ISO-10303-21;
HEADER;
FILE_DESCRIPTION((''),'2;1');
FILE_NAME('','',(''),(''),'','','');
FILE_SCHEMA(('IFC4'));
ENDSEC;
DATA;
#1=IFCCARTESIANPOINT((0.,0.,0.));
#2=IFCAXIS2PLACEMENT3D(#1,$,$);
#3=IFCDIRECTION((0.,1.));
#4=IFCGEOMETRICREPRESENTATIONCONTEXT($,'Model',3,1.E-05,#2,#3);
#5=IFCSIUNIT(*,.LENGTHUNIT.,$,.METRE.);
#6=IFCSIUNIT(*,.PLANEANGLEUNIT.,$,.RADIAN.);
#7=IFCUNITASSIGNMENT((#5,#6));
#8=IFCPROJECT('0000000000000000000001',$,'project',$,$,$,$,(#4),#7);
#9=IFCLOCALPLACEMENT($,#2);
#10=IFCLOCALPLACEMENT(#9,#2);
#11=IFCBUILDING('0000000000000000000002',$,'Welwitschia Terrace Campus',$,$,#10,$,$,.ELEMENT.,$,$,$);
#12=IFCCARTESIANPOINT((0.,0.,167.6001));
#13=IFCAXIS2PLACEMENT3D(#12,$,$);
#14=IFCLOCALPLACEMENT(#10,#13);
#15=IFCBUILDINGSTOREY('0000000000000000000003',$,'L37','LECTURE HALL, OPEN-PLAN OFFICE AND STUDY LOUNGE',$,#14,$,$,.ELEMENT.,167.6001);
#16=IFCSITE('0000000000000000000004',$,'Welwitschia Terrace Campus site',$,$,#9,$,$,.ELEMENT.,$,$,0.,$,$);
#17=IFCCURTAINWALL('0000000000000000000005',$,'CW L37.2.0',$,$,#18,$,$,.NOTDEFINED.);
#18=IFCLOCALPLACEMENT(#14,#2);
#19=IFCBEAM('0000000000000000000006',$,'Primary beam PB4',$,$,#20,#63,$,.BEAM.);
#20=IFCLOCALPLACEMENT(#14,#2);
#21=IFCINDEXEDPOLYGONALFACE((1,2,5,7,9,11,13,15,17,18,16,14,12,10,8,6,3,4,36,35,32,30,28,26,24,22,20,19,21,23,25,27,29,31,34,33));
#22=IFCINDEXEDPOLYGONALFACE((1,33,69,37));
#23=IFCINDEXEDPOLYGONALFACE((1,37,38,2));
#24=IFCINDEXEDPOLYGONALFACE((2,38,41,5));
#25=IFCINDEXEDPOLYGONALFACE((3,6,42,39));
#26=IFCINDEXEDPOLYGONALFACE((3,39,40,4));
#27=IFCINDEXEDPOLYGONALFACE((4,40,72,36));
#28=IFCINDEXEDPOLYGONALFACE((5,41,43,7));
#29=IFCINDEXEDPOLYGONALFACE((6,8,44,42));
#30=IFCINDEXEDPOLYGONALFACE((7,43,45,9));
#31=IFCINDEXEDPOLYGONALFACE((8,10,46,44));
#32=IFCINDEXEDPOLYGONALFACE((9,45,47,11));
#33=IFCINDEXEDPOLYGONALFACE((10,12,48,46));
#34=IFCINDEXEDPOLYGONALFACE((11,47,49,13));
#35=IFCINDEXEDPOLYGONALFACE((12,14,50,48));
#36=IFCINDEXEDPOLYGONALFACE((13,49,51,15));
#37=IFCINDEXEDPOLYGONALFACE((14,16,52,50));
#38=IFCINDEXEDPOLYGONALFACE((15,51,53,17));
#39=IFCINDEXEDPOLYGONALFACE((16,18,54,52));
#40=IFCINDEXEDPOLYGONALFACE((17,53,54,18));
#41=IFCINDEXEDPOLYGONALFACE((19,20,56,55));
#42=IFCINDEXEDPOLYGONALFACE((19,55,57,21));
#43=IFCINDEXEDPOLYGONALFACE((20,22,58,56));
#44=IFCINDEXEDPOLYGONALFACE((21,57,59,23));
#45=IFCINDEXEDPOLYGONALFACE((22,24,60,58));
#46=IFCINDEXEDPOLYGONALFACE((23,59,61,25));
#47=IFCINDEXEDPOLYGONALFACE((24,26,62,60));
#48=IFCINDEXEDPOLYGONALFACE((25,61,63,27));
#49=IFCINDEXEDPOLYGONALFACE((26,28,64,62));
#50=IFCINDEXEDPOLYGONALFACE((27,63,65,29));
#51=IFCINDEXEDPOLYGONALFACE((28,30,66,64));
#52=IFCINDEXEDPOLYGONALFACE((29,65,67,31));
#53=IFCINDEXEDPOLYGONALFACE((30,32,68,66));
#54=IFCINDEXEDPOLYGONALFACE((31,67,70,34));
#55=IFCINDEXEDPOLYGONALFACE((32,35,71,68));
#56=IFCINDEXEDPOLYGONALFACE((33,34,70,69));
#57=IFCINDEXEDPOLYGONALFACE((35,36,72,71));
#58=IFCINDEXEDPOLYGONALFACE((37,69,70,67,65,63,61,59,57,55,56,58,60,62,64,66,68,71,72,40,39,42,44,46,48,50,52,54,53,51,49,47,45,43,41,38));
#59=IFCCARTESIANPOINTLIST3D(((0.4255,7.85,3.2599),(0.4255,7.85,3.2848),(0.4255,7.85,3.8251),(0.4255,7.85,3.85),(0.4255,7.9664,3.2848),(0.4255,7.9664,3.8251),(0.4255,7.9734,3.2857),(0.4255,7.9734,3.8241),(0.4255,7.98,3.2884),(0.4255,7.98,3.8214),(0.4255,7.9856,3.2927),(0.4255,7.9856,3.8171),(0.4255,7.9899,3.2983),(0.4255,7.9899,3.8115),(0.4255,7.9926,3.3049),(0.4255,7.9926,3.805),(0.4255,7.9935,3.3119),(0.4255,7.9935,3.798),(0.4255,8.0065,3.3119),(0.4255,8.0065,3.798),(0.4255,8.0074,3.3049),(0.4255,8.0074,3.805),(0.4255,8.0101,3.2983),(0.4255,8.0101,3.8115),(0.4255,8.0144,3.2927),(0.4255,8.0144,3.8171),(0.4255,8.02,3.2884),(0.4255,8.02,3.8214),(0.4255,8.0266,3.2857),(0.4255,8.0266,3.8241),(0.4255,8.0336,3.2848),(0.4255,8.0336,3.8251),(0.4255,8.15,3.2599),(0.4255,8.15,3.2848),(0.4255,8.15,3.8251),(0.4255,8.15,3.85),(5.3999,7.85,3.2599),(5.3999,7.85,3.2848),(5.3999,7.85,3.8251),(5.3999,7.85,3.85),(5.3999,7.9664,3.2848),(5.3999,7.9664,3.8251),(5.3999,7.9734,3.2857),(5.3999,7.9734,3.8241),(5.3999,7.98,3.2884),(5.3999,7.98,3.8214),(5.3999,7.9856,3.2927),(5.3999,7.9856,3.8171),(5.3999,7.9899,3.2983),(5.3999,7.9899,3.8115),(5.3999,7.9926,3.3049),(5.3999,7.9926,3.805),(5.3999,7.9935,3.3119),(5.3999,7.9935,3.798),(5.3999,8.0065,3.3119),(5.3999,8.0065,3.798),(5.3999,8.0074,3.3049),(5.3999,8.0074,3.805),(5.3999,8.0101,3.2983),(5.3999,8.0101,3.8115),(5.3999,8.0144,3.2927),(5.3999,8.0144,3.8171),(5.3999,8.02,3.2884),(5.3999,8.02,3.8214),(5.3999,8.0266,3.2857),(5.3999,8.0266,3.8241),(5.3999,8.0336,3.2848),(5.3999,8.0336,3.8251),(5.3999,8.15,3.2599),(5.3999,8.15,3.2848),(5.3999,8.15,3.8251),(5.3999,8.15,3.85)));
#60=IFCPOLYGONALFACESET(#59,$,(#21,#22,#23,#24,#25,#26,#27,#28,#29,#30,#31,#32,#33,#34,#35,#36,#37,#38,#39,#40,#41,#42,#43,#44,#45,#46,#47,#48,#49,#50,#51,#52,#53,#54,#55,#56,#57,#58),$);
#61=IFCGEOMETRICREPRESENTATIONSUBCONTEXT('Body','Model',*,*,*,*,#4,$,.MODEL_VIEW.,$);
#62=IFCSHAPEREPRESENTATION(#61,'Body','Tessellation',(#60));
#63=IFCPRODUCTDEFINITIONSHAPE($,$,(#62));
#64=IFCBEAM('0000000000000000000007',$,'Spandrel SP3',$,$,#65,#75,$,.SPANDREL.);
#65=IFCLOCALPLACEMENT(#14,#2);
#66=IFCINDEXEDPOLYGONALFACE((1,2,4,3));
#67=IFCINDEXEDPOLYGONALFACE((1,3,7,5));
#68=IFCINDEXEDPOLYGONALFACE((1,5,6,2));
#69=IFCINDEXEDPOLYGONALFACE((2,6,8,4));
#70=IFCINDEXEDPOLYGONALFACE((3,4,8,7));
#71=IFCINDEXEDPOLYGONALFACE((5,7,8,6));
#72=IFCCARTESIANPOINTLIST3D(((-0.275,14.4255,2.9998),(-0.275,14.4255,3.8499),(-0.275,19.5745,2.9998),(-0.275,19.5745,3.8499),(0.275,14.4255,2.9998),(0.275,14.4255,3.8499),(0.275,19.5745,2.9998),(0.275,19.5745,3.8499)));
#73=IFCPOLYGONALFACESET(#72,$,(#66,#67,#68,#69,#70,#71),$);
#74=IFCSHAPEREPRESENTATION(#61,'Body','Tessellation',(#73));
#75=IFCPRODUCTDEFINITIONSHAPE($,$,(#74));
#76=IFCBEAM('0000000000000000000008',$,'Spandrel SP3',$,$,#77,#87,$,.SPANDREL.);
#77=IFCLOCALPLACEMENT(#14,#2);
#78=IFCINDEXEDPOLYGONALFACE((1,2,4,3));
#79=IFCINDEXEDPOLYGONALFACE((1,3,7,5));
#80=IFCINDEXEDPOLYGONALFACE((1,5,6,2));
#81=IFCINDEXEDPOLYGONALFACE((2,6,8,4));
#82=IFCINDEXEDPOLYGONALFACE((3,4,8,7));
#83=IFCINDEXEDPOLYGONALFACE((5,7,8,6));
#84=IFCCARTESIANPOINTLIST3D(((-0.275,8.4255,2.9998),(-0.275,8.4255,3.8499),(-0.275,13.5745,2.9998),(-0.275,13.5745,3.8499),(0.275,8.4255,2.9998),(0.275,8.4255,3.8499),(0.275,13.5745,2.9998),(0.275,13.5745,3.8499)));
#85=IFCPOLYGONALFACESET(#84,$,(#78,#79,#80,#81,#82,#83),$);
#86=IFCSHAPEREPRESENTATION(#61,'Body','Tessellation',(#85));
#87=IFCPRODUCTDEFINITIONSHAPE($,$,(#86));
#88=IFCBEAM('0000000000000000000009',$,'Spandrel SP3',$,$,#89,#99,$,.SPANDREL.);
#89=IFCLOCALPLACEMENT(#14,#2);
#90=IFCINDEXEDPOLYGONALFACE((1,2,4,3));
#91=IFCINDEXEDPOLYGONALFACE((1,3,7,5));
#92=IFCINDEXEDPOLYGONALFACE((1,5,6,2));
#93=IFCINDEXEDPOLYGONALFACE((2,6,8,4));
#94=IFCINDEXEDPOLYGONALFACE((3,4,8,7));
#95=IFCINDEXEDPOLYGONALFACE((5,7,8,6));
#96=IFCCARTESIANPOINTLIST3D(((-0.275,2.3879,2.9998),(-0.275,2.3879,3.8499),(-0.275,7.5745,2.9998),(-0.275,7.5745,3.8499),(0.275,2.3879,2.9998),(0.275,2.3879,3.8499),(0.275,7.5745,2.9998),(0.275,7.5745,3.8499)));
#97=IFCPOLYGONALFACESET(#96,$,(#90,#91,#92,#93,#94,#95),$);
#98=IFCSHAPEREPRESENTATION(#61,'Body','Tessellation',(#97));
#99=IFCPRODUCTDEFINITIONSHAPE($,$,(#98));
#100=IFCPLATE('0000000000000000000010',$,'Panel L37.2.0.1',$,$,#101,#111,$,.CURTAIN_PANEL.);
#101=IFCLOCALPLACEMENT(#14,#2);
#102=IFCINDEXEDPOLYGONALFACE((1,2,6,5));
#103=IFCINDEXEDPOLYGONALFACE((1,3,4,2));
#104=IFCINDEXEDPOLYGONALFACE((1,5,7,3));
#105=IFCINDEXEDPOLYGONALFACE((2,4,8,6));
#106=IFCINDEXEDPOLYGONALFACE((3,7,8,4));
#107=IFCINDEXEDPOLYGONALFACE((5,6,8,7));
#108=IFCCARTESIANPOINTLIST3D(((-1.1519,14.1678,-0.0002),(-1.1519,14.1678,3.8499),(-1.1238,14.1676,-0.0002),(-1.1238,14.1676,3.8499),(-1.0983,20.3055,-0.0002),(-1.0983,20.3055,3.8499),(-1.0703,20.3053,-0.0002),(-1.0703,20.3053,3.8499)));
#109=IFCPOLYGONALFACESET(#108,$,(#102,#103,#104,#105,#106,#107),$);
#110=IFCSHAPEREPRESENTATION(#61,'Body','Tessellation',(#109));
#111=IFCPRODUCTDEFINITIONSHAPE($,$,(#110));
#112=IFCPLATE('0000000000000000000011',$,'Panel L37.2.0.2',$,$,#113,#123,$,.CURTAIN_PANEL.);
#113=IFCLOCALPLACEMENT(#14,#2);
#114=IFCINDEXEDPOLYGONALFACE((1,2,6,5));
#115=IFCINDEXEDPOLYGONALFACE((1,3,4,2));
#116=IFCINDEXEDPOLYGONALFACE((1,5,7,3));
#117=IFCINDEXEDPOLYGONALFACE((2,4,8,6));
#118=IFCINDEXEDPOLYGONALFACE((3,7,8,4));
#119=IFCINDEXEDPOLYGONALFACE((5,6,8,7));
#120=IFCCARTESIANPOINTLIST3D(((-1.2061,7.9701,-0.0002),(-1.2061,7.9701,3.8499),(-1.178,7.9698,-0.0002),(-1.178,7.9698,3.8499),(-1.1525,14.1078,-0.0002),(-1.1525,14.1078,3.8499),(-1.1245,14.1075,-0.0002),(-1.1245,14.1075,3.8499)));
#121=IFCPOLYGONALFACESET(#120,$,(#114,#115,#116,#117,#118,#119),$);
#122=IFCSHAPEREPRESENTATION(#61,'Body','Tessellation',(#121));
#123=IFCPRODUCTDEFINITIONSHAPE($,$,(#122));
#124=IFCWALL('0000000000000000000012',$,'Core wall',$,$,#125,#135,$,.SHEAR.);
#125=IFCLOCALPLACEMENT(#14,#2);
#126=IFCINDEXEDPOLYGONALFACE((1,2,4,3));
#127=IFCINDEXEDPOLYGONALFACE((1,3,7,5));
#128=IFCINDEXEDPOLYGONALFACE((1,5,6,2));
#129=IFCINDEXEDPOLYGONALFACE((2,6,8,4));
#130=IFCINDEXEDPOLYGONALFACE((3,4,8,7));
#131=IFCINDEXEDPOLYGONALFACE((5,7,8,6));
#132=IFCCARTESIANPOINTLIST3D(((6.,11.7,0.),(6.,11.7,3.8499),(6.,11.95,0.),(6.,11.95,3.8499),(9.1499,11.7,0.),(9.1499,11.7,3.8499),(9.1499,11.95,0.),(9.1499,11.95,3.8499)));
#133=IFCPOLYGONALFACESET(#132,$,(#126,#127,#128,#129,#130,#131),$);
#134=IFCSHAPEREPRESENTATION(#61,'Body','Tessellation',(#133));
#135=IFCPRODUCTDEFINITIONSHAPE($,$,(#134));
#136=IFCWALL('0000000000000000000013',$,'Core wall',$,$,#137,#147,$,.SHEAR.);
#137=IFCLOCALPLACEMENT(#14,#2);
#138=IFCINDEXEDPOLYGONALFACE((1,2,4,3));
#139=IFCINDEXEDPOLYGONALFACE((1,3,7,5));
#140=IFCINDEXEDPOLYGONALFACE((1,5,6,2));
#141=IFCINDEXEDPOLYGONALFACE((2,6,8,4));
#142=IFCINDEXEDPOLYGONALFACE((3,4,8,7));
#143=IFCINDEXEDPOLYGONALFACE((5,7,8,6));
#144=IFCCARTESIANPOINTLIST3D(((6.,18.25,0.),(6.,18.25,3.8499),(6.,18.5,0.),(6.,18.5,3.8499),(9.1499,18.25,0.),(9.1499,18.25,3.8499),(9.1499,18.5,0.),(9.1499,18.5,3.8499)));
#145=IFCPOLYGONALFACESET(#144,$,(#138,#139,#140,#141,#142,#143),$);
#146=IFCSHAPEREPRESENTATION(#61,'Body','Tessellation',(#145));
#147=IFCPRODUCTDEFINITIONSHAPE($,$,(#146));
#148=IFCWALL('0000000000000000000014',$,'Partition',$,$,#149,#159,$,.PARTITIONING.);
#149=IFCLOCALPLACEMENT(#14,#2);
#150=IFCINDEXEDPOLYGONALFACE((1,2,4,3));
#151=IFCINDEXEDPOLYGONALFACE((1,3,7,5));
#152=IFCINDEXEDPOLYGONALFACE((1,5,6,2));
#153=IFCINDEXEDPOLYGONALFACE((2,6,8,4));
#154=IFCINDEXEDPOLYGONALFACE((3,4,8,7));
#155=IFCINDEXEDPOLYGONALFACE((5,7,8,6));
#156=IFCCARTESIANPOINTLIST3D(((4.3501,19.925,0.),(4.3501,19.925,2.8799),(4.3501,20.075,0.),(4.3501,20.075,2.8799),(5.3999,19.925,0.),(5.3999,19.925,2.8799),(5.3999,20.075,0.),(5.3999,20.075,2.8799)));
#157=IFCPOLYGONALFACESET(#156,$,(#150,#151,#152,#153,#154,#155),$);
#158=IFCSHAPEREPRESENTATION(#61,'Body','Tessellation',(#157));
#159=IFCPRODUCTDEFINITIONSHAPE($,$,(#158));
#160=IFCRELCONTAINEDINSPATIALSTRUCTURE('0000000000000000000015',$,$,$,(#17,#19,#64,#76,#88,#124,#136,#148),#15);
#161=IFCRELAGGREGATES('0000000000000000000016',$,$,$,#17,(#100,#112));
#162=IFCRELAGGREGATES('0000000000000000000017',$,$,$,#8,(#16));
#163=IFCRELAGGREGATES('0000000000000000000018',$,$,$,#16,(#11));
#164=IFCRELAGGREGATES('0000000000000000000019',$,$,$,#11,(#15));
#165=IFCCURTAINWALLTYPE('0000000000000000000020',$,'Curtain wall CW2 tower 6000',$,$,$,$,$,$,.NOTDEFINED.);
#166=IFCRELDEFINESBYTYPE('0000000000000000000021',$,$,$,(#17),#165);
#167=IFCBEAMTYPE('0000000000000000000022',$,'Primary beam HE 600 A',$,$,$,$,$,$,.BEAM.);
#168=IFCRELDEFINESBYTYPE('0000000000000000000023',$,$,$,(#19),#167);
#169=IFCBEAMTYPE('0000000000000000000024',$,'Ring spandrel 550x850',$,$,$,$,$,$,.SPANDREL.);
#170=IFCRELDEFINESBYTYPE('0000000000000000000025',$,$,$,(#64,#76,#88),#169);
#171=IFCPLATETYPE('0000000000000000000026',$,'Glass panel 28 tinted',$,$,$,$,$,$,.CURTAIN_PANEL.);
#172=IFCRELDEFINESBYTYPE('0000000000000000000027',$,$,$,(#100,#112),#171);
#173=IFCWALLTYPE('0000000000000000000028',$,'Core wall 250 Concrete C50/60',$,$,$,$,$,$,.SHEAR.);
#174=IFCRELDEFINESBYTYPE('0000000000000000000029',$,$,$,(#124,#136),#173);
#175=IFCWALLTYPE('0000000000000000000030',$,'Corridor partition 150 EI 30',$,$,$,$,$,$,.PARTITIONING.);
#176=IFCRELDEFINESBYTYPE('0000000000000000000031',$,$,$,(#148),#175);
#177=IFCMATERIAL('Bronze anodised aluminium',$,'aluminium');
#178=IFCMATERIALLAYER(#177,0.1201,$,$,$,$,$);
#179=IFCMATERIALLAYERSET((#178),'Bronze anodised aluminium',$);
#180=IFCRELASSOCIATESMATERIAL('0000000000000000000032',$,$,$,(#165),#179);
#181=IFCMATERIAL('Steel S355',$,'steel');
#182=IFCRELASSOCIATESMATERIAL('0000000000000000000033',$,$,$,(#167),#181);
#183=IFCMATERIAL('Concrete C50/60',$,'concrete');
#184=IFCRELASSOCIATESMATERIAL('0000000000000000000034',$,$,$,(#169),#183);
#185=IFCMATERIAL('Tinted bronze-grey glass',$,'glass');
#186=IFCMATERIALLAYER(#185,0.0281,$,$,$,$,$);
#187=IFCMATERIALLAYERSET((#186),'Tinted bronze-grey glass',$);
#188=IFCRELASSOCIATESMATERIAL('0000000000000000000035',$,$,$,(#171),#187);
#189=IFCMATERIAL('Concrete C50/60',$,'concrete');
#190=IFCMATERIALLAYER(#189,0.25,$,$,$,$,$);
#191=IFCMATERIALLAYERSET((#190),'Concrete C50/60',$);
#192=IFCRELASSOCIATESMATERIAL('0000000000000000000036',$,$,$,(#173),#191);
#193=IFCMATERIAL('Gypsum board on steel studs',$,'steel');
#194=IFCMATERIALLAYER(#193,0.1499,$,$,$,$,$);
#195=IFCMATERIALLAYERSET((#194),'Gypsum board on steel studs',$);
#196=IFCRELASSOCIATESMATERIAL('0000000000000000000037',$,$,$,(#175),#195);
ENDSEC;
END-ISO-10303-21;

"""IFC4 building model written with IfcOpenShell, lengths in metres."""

from ifc_helpers import new_model, si_unit, direction, frame, frame_2d, origin, origin_2d, place, context, subcontext, project, spatial, rectangle, i_section, extrude, material, layer, layer_set, material_profile, profile_set, type_object, element, aggregate, save


model = new_model("IFC4")

# Units and contexts
model_context = context("Model", 3, precision=1e-05, world=origin(), true_north=direction((0.0, 1.0)))
body_context = subcontext(model_context, "Body", "Model", "MODEL_VIEW")
ifc_project = project(units=[si_unit("LENGTHUNIT", "METRE"), si_unit("PLANEANGLEUNIT", "RADIAN")], contexts=[model_context])

# Site, building, storey
site_placement = place(None, origin())
site = spatial("IfcSite", under=ifc_project, at=site_placement, Name="Welwitschia Terrace Campus site", CompositionType="ELEMENT", RefElevation=0.0)
building_placement = place(site_placement, origin())
building = spatial("IfcBuilding", under=site, at=building_placement, Name="Welwitschia Terrace Campus", CompositionType="ELEMENT")
storey_placement = place(building_placement, frame((0.0, 0.0, 167.6001)))
storey = spatial("IfcBuildingStorey", under=building, at=storey_placement, Name="L37", Description="LECTURE HALL, OPEN-PLAN OFFICE AND STUDY LOUNGE", CompositionType="ELEMENT", Elevation=167.6001)

# Curtain wall
ifc_material_1 = material(Name="Bronze anodised aluminium", Category="aluminium")
ifc_layer_1 = layer(ifc_material_1, 0.1201)
ifc_layer_set_1 = layer_set([ifc_layer_1], Name="Bronze anodised aluminium")
curtain_wall_type = type_object("IfcCurtainWallType", Name="Curtain wall CW2 tower 6000", PredefinedType="NOTDEFINED", material=ifc_layer_set_1)
curtain_wall_placement = place(storey_placement, origin())
curtain_wall = element("IfcCurtainWall", 1, at=curtain_wall_placement, inside=storey, type_object=curtain_wall_type, Name="CW L37.2.0", PredefinedType="NOTDEFINED")

# Beams
ifc_material_2 = material(Name="Steel S355", Category="steel")
ifc_material_profile_1 = material_profile(ifc_material_2, i_section(OverallWidth=0.3, OverallDepth=0.5901, WebThickness=0.0129, FlangeThickness=0.0249, FilletRadius=0.0271, at=origin_2d()))
ifc_profile_set_1 = profile_set([ifc_material_profile_1], Name="Steel S355")
beam_type_1 = type_object("IfcBeamType", Name="Primary beam HE 600 A", PredefinedType="BEAM", material=ifc_profile_set_1)
for number, where, z_axis, x_axis, name in (
    (2, (0.4255, 8.0, 3.5549), (1.0, 0.0, 0.0), (0.0, 1.0, 0.0), "Primary beam PB4"),
):
    element("IfcBeam", number, at=place(storey_placement, frame(where, z_axis=z_axis, x_axis=x_axis)), inside=storey, type_object=beam_type_1, Name=name, PredefinedType="BEAM", context=body_context, shape_type="SweptSolid", body=[
        extrude(i_section(OverallWidth=0.3, OverallDepth=0.5901, WebThickness=0.0129, FlangeThickness=0.0249, FilletRadius=0.0271, at=origin_2d()), origin(), (0.0, 0.0, 1.0), 4.9744),
    ])
ifc_material_3 = material(Name="Concrete C50/60", Category="concrete")
ifc_material_profile_2 = material_profile(ifc_material_3, rectangle(XDim=0.55, YDim=0.8501, at=origin_2d()))
ifc_profile_set_2 = profile_set([ifc_material_profile_2], Name="Concrete C50/60")
beam_type_2 = type_object("IfcBeamType", Name="Ring spandrel 550x850", PredefinedType="SPANDREL", material=ifc_profile_set_2)
for number, where, z_axis, x_axis, name in (
    (3, (0.0, 19.5745, 3.4248), (0.0, -1.0, 0.0), (1.0, 0.0, 0.0), "Spandrel SP3"),
    (4, (0.0, 13.5745, 3.4248), (0.0, -1.0, 0.0), (1.0, 0.0, 0.0), "Spandrel SP3"),
):
    element("IfcBeam", number, at=place(storey_placement, frame(where, z_axis=z_axis, x_axis=x_axis)), inside=storey, type_object=beam_type_2, Name=name, PredefinedType="SPANDREL", context=body_context, shape_type="SweptSolid", body=[
        extrude(rectangle(XDim=0.55, YDim=0.8501, at=origin_2d()), origin(), (0.0, 0.0, 1.0), 5.1489),
    ])
beam_1_placement = place(storey_placement, frame((0.0, 7.5745, 3.4248), z_axis=(0.0, -1.0, 0.0), x_axis=(1.0, 0.0, 0.0)))
element("IfcBeam", 5, at=beam_1_placement, inside=storey, type_object=beam_type_2, Name="Spandrel SP3", PredefinedType="SPANDREL", context=body_context, shape_type="SweptSolid", body=[
    extrude(rectangle(XDim=0.55, YDim=0.8501, at=origin_2d()), origin(), (0.0, 0.0, 1.0), 5.1865),
])

# Plates
ifc_material_4 = material(Name="Tinted bronze-grey glass", Category="glass")
ifc_layer_2 = layer(ifc_material_4, 0.0281)
ifc_layer_set_2 = layer_set([ifc_layer_2], Name="Tinted bronze-grey glass")
plate_type = type_object("IfcPlateType", Name="Glass panel 28 tinted", PredefinedType="CURTAIN_PANEL", material=ifc_layer_set_2)
plate_1_placement = place(storey_placement, frame((-1.1111, 17.2366, -0.0002), z_axis=(0.0, 0.0, 1.0), x_axis=(-0.008727, -0.999962, 0.0)))
plate_1 = element("IfcPlate", 6, at=plate_1_placement, type_object=plate_type, Name="Panel L37.2.0.1", PredefinedType="CURTAIN_PANEL", context=body_context, shape_type="SweptSolid", body=[
    extrude(rectangle(XDim=6.1379, YDim=0.0281, at=origin_2d()), origin(), (0.0, 0.0, 1.0), 3.8501),
])
plate_2_placement = place(storey_placement, frame((-1.1653, 11.0388, -0.0002), z_axis=(0.0, 0.0, 1.0), x_axis=(-0.008727, -0.999962, 0.0)))
plate_2 = element("IfcPlate", 7, at=plate_2_placement, type_object=plate_type, Name="Panel L37.2.0.2", PredefinedType="CURTAIN_PANEL", context=body_context, shape_type="SweptSolid", body=[
    extrude(rectangle(XDim=6.1379, YDim=0.0281, at=origin_2d()), origin(), (0.0, 0.0, 1.0), 3.8501),
])
aggregate(curtain_wall, [plate_1, plate_2])

# Walls
ifc_material_5 = material(Name="Concrete C50/60", Category="concrete")
ifc_layer_3 = layer(ifc_material_5, 0.25)
ifc_layer_set_3 = layer_set([ifc_layer_3], Name="Concrete C50/60")
wall_type_1 = type_object("IfcWallType", Name="Core wall 250 Concrete C50/60", PredefinedType="SHEAR", material=ifc_layer_set_3)
for number, where, z_axis, x_axis, name in (
    (8, (6.0, 11.825, 0.0), (0.0, 0.0, 1.0), (1.0, 0.0, 0.0), "Core wall"),
    (9, (6.0, 18.375, 0.0), (0.0, 0.0, 1.0), (1.0, 0.0, 0.0), "Core wall"),
):
    element("IfcWall", number, at=place(storey_placement, frame(where, z_axis=z_axis, x_axis=x_axis)), inside=storey, type_object=wall_type_1, Name=name, PredefinedType="SHEAR", context=body_context, shape_type="SweptSolid", body=[
        extrude(rectangle(XDim=3.1499, YDim=0.25, at=frame_2d((1.575, 0.0))), origin(), (0.0, 0.0, 1.0), 3.8499),
    ])
ifc_material_6 = material(Name="Gypsum board on steel studs", Category="steel")
ifc_layer_4 = layer(ifc_material_6, 0.1499)
ifc_layer_set_4 = layer_set([ifc_layer_4], Name="Gypsum board on steel studs")
wall_type_2 = type_object("IfcWallType", Name="Corridor partition 150 EI 30", PredefinedType="PARTITIONING", material=ifc_layer_set_4)
wall_placement = place(storey_placement, frame((4.3501, 20.0, 0.0), z_axis=(0.0, 0.0, 1.0), x_axis=(1.0, 0.0, 0.0)))
element("IfcWall", 10, at=wall_placement, inside=storey, type_object=wall_type_2, Name="Partition", PredefinedType="PARTITIONING", context=body_context, shape_type="SweptSolid", body=[
    extrude(rectangle(XDim=1.0498, YDim=0.1499, at=frame_2d((0.5249, 0.0))), origin(), (0.0, 0.0, 1.0), 2.8799),
])

save(model, "model.ifc")
